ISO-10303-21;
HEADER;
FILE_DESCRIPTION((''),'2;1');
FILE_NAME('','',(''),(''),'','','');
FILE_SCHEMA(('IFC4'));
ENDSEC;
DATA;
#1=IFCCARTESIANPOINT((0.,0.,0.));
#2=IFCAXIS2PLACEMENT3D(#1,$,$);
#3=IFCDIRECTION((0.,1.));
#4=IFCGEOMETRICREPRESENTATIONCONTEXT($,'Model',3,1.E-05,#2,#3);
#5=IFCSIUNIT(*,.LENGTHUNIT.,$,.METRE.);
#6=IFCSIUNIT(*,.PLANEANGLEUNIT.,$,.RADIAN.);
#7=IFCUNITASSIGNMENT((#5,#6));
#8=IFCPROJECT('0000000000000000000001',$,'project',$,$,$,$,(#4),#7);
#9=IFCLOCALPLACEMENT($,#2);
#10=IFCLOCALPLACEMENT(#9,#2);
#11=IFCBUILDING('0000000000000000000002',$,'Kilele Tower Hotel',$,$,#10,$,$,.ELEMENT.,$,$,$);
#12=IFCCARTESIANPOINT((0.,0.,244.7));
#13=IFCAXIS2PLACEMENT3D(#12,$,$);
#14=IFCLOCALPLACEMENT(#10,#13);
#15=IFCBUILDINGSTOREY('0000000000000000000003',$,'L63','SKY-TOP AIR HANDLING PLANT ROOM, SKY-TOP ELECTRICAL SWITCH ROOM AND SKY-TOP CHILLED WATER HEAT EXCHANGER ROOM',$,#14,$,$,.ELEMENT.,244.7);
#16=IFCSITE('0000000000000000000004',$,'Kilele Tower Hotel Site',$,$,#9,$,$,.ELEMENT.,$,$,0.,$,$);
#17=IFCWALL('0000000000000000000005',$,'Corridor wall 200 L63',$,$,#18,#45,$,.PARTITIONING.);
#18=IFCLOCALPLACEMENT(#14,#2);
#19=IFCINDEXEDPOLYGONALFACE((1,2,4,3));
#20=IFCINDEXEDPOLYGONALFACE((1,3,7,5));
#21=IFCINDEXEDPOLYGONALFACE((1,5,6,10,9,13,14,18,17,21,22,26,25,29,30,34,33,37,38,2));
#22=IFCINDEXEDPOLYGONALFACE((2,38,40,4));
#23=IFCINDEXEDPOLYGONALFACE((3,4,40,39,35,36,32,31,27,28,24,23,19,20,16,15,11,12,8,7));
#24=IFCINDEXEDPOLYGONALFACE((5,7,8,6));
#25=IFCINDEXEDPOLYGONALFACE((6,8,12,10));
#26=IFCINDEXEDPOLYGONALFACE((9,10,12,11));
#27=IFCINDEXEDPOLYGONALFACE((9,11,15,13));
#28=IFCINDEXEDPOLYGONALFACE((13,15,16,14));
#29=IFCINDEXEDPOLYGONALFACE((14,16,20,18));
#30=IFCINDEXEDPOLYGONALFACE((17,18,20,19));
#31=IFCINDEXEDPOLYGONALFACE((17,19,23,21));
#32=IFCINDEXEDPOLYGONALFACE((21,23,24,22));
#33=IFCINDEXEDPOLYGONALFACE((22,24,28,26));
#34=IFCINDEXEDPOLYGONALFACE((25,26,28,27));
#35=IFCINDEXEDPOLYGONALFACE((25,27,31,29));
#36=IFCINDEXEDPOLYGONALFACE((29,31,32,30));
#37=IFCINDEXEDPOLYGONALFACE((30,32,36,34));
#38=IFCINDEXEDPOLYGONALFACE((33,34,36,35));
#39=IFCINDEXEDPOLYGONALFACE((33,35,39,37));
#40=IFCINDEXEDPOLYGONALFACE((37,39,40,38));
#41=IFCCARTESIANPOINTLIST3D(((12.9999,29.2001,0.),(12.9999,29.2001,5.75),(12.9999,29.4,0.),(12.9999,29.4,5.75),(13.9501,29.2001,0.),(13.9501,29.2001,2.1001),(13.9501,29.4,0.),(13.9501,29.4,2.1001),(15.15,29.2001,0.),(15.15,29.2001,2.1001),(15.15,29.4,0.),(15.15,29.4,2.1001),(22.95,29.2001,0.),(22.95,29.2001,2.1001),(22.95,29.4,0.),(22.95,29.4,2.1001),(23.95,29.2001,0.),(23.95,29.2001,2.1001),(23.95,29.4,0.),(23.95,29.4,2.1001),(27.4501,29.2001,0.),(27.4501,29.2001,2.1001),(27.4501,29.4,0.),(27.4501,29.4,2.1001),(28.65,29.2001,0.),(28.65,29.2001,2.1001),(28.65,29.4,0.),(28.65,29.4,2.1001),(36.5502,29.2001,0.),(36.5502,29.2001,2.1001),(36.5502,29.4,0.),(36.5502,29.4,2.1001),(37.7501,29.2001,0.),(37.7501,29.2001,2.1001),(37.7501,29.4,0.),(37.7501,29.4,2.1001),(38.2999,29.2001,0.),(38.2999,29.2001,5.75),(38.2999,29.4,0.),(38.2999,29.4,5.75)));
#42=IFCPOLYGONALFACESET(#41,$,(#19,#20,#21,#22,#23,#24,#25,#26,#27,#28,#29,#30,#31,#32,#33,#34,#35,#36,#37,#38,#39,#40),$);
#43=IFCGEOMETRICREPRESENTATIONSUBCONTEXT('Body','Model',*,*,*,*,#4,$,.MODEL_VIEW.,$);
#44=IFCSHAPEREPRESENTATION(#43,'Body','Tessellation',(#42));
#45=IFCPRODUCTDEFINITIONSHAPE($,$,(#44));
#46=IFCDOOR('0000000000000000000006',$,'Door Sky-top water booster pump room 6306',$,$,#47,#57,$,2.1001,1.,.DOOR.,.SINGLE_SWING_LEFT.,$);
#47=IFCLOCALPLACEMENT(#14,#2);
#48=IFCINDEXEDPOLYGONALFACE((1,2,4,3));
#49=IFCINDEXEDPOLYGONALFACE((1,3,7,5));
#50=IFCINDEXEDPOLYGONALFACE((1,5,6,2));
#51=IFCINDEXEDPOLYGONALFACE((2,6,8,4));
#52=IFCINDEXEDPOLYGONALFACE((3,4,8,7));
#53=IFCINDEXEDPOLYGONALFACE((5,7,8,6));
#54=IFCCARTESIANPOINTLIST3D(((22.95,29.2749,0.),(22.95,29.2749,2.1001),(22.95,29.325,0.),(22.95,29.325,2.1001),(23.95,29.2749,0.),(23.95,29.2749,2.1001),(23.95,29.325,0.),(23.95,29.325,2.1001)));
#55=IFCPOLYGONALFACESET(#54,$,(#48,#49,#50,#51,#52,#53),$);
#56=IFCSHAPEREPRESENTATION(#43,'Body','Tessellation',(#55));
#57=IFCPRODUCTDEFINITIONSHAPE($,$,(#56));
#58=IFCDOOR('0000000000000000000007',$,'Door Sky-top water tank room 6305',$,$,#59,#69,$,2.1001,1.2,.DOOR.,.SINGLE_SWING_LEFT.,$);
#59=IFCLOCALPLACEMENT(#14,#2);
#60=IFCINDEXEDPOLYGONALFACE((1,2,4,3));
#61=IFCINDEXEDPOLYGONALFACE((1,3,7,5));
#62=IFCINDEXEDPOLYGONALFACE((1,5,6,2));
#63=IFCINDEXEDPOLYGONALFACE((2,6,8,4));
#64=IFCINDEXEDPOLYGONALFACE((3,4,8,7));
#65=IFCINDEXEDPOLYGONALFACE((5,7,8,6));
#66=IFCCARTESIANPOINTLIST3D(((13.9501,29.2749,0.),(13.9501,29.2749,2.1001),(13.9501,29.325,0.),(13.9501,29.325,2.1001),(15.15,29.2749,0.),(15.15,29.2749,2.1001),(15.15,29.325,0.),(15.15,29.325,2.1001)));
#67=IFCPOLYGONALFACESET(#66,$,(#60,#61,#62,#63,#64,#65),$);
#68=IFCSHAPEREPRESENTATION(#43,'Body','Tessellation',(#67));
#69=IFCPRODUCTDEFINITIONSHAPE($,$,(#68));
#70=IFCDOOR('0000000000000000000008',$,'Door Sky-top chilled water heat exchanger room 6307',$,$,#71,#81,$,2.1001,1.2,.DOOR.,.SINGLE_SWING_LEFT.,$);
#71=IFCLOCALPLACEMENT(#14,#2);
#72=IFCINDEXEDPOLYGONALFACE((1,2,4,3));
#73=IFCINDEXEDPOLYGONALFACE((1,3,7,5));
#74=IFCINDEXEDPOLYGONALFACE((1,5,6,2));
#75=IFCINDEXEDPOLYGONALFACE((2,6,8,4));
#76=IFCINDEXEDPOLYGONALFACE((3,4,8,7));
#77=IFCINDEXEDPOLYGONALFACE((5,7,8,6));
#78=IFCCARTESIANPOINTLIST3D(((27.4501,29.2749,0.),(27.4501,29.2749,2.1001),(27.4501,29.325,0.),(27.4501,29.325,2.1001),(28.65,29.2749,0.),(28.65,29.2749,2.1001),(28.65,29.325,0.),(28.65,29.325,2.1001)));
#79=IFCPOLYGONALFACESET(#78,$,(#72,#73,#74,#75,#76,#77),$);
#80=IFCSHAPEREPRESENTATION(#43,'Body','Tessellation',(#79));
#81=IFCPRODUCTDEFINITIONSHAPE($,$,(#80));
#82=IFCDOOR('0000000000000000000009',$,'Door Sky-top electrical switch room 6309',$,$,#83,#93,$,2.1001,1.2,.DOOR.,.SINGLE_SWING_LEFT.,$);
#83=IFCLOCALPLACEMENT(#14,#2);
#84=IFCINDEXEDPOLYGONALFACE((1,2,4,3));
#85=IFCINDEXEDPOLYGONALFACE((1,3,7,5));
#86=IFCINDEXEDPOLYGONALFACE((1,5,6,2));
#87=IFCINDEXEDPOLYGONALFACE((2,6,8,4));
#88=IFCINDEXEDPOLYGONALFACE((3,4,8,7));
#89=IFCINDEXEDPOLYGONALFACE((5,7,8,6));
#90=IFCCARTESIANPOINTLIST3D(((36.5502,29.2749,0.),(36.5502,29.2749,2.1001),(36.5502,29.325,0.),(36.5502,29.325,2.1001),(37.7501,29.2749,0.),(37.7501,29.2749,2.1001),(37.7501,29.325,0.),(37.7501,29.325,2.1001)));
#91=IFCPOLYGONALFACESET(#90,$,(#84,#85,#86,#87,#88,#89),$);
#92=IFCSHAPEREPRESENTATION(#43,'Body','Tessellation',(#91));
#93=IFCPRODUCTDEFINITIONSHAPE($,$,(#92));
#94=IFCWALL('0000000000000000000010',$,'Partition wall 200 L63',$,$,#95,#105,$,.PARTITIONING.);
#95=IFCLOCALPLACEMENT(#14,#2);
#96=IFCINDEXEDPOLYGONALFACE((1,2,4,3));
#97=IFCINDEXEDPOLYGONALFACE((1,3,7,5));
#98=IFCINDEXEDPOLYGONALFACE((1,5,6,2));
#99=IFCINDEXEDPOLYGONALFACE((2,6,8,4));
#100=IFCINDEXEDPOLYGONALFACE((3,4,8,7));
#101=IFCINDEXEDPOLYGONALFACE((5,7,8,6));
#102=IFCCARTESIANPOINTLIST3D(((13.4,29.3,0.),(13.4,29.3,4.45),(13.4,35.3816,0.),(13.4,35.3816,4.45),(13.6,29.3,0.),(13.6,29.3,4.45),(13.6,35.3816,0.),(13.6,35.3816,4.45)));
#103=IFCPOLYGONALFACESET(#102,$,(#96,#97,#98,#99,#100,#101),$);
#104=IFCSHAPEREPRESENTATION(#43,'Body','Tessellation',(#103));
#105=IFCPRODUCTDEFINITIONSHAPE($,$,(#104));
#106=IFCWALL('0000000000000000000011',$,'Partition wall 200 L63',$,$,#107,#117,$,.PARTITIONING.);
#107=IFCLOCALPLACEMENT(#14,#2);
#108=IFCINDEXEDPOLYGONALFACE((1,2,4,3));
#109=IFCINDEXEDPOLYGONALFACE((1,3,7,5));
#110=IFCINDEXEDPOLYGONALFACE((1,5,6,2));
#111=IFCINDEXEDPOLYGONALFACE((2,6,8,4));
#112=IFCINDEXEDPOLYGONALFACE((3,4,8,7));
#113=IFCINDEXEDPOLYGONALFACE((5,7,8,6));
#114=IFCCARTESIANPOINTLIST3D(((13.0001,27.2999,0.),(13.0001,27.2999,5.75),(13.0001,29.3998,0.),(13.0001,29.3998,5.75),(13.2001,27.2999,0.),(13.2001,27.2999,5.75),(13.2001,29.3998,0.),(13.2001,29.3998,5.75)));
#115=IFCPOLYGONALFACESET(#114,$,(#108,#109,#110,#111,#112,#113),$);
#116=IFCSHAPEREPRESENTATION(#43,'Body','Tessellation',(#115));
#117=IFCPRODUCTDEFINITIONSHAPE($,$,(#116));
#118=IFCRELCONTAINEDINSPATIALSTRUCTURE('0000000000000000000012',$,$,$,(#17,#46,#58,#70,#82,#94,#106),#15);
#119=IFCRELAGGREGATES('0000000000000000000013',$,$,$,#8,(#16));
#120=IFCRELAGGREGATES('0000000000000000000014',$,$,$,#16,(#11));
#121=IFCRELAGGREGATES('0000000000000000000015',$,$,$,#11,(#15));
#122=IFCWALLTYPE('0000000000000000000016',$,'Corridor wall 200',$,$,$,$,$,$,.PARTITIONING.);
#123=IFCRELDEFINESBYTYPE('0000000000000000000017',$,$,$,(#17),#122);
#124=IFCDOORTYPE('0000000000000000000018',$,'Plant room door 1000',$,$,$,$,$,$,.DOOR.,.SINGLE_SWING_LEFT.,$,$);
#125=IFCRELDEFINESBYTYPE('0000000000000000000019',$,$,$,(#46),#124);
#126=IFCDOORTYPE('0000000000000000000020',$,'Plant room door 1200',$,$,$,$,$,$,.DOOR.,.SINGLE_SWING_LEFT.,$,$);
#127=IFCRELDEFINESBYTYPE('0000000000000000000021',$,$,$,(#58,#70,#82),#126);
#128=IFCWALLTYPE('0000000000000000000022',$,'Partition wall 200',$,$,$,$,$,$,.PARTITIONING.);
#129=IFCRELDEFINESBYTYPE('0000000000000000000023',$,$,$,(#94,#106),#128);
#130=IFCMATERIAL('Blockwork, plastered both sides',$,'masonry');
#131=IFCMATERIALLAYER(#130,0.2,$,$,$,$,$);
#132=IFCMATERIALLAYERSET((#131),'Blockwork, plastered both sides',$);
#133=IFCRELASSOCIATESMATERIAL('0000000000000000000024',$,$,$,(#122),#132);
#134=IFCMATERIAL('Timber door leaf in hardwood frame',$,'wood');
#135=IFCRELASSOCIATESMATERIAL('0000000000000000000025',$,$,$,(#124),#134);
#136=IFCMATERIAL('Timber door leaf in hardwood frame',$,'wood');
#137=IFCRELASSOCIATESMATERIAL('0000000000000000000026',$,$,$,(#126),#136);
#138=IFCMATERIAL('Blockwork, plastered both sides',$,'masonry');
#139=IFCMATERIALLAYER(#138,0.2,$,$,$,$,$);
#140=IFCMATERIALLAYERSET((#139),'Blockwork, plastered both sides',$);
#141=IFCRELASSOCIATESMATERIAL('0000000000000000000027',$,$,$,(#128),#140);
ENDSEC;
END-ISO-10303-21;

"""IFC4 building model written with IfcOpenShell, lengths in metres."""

from ifc_helpers import new_model, si_unit, direction, frame, frame_2d, origin, place, context, subcontext, project, spatial, rectangle, extrude, material, layer, layer_set, type_object, element, fill, save


model = new_model("IFC4")

# Units and contexts
model_context = context("Model", 3, precision=1e-05, world=origin(), true_north=direction((0.0, 1.0)))
body_context = subcontext(model_context, "Body", "Model", "MODEL_VIEW")
ifc_project = project(units=[si_unit("LENGTHUNIT", "METRE"), si_unit("PLANEANGLEUNIT", "RADIAN")], contexts=[model_context])

# Site, building, storey
site_placement = place(None, origin())
site = spatial("IfcSite", under=ifc_project, at=site_placement, Name="Kilele Tower Hotel Site", CompositionType="ELEMENT", RefElevation=0.0)
building_placement = place(site_placement, origin())
building = spatial("IfcBuilding", under=site, at=building_placement, Name="Kilele Tower Hotel", CompositionType="ELEMENT")
storey_placement = place(building_placement, frame((0.0, 0.0, 244.7)))
storey = spatial("IfcBuildingStorey", under=building, at=storey_placement, Name="L63", Description="SKY-TOP AIR HANDLING PLANT ROOM, SKY-TOP ELECTRICAL SWITCH ROOM AND SKY-TOP CHILLED WATER HEAT EXCHANGER ROOM", CompositionType="ELEMENT", Elevation=244.7)

# Wall, openings, doors
ifc_material_1 = material(Name="Blockwork, plastered both sides", Category="masonry")
ifc_layer_1 = layer(ifc_material_1, 0.2)
ifc_layer_set_1 = layer_set([ifc_layer_1], Name="Blockwork, plastered both sides")
wall_type_1 = type_object("IfcWallType", Name="Corridor wall 200", PredefinedType="PARTITIONING", material=ifc_layer_set_1)
wall_1_placement = place(storey_placement, frame((13.0, 29.3, 0.0), z_axis=(0.0, 0.0, 1.0), x_axis=(1.0, 0.0, 0.0)))
wall_1 = element("IfcWall", 1, at=wall_1_placement, inside=storey, type_object=wall_type_1, Name="Corridor wall 200 L63", PredefinedType="PARTITIONING", context=body_context, shape_type="SweptSolid", body=[
    extrude(rectangle(XDim=25.3, YDim=0.2, at=frame_2d((12.6499, 0.0))), origin(), (0.0, 0.0, 1.0), 5.75),
])
opening_1_placement = place(wall_1_placement, frame((0.95, 0.0, 0.0)))
opening_1 = element("IfcOpeningElement", 2, at=opening_1_placement, cuts=wall_1, PredefinedType="OPENING", context=body_context, shape_type="SweptSolid", body=[
    extrude(rectangle(XDim=1.2, YDim=2.1001, at=frame_2d((0.6001, 1.05))), frame((0.0, 0.1099, 0.0), z_axis=(0.0, -1.0, 0.0), x_axis=(1.0, 0.0, 0.0)), (0.0, 0.0, 1.0), 0.22),
])
opening_2_placement = place(wall_1_placement, frame((9.95, 0.0, 0.0)))
opening_2 = element("IfcOpeningElement", 3, at=opening_2_placement, cuts=wall_1, PredefinedType="OPENING", context=body_context, shape_type="SweptSolid", body=[
    extrude(rectangle(XDim=1.0, YDim=2.1001, at=frame_2d((0.5, 1.05))), frame((0.0, 0.1099, 0.0), z_axis=(0.0, -1.0, 0.0), x_axis=(1.0, 0.0, 0.0)), (0.0, 0.0, 1.0), 0.22),
])
opening_3_placement = place(wall_1_placement, frame((14.45, 0.0, 0.0)))
opening_3 = element("IfcOpeningElement", 4, at=opening_3_placement, cuts=wall_1, PredefinedType="OPENING", context=body_context, shape_type="SweptSolid", body=[
    extrude(rectangle(XDim=1.2, YDim=2.1001, at=frame_2d((0.6001, 1.05))), frame((0.0, 0.1099, 0.0), z_axis=(0.0, -1.0, 0.0), x_axis=(1.0, 0.0, 0.0)), (0.0, 0.0, 1.0), 0.22),
])
opening_4_placement = place(wall_1_placement, frame((23.55, 0.0, 0.0)))
opening_4 = element("IfcOpeningElement", 5, at=opening_4_placement, cuts=wall_1, PredefinedType="OPENING", context=body_context, shape_type="SweptSolid", body=[
    extrude(rectangle(XDim=1.2, YDim=2.1001, at=frame_2d((0.6001, 1.05))), frame((0.0, 0.1099, 0.0), z_axis=(0.0, -1.0, 0.0), x_axis=(1.0, 0.0, 0.0)), (0.0, 0.0, 1.0), 0.22),
])
ifc_material_2 = material(Name="Timber door leaf in hardwood frame", Category="wood")
door_type_1 = type_object("IfcDoorType", Name="Plant room door 1000", OperationType="SINGLE_SWING_LEFT", PredefinedType="DOOR", material=ifc_material_2)
door_1_placement = place(opening_2_placement, origin())
door_1 = element("IfcDoor", 6, at=door_1_placement, inside=storey, type_object=door_type_1, Name="Door Sky-top water booster pump room 6306", OperationType="SINGLE_SWING_LEFT", OverallHeight=2.1001, OverallWidth=1.0, PredefinedType="DOOR", context=body_context, shape_type="SweptSolid", body=[
    extrude(rectangle(XDim=1.0, YDim=2.1001, at=frame_2d((0.5, 1.05))), frame((0.0, 0.0249, 0.0), z_axis=(0.0, -1.0, 0.0), x_axis=(1.0, 0.0, 0.0)), (0.0, 0.0, 1.0), 0.05),
])
fill(opening_2, door_1)
ifc_material_3 = material(Name="Timber door leaf in hardwood frame", Category="wood")
door_type_2 = type_object("IfcDoorType", Name="Plant room door 1200", OperationType="SINGLE_SWING_LEFT", PredefinedType="DOOR", material=ifc_material_3)
door_2_placement = place(opening_1_placement, origin())
door_2 = element("IfcDoor", 7, at=door_2_placement, inside=storey, type_object=door_type_2, Name="Door Sky-top water tank room 6305", OperationType="SINGLE_SWING_LEFT", OverallHeight=2.1001, OverallWidth=1.2, PredefinedType="DOOR", context=body_context, shape_type="SweptSolid", body=[
    extrude(rectangle(XDim=1.2, YDim=2.1001, at=frame_2d((0.6001, 1.05))), frame((0.0, 0.0249, 0.0), z_axis=(0.0, -1.0, 0.0), x_axis=(1.0, 0.0, 0.0)), (0.0, 0.0, 1.0), 0.05),
])
fill(opening_1, door_2)
door_3_placement = place(opening_3_placement, origin())
door_3 = element("IfcDoor", 8, at=door_3_placement, inside=storey, type_object=door_type_2, Name="Door Sky-top chilled water heat exchanger room 6307", OperationType="SINGLE_SWING_LEFT", OverallHeight=2.1001, OverallWidth=1.2, PredefinedType="DOOR", context=body_context, shape_type="SweptSolid", body=[
    extrude(rectangle(XDim=1.2, YDim=2.1001, at=frame_2d((0.6001, 1.05))), frame((0.0, 0.0249, 0.0), z_axis=(0.0, -1.0, 0.0), x_axis=(1.0, 0.0, 0.0)), (0.0, 0.0, 1.0), 0.05),
])
fill(opening_3, door_3)
door_4_placement = place(opening_4_placement, origin())
door_4 = element("IfcDoor", 9, at=door_4_placement, inside=storey, type_object=door_type_2, Name="Door Sky-top electrical switch room 6309", OperationType="SINGLE_SWING_LEFT", OverallHeight=2.1001, OverallWidth=1.2, PredefinedType="DOOR", context=body_context, shape_type="SweptSolid", body=[
    extrude(rectangle(XDim=1.2, YDim=2.1001, at=frame_2d((0.6001, 1.05))), frame((0.0, 0.0249, 0.0), z_axis=(0.0, -1.0, 0.0), x_axis=(1.0, 0.0, 0.0)), (0.0, 0.0, 1.0), 0.05),
])
fill(opening_4, door_4)

# Walls
ifc_material_4 = material(Name="Blockwork, plastered both sides", Category="masonry")
ifc_layer_2 = layer(ifc_material_4, 0.2)
ifc_layer_set_2 = layer_set([ifc_layer_2], Name="Blockwork, plastered both sides")
wall_type_2 = type_object("IfcWallType", Name="Partition wall 200", PredefinedType="PARTITIONING", material=ifc_layer_set_2)
wall_2_placement = place(storey_placement, frame((13.5, 29.3, 0.0), z_axis=(0.0, 0.0, 1.0), x_axis=(0.0, 1.0, 0.0)))
element("IfcWall", 10, at=wall_2_placement, inside=storey, type_object=wall_type_2, Name="Partition wall 200 L63", PredefinedType="PARTITIONING", context=body_context, shape_type="SweptSolid", body=[
    extrude(rectangle(XDim=6.0815, YDim=0.2, at=frame_2d((3.0408, 0.0))), origin(), (0.0, 0.0, 1.0), 4.45),
])
wall_3_placement = place(storey_placement, frame((13.1001, 27.3, 0.0), z_axis=(0.0, 0.0, 1.0), x_axis=(0.0, 1.0, 0.0)))
element("IfcWall", 11, at=wall_3_placement, inside=storey, type_object=wall_type_2, Name="Partition wall 200 L63", PredefinedType="PARTITIONING", context=body_context, shape_type="SweptSolid", body=[
    extrude(rectangle(XDim=2.0999, YDim=0.2, at=frame_2d((1.0498, 0.0))), origin(), (0.0, 0.0, 1.0), 5.75),
])

save(model, "model.ifc")
